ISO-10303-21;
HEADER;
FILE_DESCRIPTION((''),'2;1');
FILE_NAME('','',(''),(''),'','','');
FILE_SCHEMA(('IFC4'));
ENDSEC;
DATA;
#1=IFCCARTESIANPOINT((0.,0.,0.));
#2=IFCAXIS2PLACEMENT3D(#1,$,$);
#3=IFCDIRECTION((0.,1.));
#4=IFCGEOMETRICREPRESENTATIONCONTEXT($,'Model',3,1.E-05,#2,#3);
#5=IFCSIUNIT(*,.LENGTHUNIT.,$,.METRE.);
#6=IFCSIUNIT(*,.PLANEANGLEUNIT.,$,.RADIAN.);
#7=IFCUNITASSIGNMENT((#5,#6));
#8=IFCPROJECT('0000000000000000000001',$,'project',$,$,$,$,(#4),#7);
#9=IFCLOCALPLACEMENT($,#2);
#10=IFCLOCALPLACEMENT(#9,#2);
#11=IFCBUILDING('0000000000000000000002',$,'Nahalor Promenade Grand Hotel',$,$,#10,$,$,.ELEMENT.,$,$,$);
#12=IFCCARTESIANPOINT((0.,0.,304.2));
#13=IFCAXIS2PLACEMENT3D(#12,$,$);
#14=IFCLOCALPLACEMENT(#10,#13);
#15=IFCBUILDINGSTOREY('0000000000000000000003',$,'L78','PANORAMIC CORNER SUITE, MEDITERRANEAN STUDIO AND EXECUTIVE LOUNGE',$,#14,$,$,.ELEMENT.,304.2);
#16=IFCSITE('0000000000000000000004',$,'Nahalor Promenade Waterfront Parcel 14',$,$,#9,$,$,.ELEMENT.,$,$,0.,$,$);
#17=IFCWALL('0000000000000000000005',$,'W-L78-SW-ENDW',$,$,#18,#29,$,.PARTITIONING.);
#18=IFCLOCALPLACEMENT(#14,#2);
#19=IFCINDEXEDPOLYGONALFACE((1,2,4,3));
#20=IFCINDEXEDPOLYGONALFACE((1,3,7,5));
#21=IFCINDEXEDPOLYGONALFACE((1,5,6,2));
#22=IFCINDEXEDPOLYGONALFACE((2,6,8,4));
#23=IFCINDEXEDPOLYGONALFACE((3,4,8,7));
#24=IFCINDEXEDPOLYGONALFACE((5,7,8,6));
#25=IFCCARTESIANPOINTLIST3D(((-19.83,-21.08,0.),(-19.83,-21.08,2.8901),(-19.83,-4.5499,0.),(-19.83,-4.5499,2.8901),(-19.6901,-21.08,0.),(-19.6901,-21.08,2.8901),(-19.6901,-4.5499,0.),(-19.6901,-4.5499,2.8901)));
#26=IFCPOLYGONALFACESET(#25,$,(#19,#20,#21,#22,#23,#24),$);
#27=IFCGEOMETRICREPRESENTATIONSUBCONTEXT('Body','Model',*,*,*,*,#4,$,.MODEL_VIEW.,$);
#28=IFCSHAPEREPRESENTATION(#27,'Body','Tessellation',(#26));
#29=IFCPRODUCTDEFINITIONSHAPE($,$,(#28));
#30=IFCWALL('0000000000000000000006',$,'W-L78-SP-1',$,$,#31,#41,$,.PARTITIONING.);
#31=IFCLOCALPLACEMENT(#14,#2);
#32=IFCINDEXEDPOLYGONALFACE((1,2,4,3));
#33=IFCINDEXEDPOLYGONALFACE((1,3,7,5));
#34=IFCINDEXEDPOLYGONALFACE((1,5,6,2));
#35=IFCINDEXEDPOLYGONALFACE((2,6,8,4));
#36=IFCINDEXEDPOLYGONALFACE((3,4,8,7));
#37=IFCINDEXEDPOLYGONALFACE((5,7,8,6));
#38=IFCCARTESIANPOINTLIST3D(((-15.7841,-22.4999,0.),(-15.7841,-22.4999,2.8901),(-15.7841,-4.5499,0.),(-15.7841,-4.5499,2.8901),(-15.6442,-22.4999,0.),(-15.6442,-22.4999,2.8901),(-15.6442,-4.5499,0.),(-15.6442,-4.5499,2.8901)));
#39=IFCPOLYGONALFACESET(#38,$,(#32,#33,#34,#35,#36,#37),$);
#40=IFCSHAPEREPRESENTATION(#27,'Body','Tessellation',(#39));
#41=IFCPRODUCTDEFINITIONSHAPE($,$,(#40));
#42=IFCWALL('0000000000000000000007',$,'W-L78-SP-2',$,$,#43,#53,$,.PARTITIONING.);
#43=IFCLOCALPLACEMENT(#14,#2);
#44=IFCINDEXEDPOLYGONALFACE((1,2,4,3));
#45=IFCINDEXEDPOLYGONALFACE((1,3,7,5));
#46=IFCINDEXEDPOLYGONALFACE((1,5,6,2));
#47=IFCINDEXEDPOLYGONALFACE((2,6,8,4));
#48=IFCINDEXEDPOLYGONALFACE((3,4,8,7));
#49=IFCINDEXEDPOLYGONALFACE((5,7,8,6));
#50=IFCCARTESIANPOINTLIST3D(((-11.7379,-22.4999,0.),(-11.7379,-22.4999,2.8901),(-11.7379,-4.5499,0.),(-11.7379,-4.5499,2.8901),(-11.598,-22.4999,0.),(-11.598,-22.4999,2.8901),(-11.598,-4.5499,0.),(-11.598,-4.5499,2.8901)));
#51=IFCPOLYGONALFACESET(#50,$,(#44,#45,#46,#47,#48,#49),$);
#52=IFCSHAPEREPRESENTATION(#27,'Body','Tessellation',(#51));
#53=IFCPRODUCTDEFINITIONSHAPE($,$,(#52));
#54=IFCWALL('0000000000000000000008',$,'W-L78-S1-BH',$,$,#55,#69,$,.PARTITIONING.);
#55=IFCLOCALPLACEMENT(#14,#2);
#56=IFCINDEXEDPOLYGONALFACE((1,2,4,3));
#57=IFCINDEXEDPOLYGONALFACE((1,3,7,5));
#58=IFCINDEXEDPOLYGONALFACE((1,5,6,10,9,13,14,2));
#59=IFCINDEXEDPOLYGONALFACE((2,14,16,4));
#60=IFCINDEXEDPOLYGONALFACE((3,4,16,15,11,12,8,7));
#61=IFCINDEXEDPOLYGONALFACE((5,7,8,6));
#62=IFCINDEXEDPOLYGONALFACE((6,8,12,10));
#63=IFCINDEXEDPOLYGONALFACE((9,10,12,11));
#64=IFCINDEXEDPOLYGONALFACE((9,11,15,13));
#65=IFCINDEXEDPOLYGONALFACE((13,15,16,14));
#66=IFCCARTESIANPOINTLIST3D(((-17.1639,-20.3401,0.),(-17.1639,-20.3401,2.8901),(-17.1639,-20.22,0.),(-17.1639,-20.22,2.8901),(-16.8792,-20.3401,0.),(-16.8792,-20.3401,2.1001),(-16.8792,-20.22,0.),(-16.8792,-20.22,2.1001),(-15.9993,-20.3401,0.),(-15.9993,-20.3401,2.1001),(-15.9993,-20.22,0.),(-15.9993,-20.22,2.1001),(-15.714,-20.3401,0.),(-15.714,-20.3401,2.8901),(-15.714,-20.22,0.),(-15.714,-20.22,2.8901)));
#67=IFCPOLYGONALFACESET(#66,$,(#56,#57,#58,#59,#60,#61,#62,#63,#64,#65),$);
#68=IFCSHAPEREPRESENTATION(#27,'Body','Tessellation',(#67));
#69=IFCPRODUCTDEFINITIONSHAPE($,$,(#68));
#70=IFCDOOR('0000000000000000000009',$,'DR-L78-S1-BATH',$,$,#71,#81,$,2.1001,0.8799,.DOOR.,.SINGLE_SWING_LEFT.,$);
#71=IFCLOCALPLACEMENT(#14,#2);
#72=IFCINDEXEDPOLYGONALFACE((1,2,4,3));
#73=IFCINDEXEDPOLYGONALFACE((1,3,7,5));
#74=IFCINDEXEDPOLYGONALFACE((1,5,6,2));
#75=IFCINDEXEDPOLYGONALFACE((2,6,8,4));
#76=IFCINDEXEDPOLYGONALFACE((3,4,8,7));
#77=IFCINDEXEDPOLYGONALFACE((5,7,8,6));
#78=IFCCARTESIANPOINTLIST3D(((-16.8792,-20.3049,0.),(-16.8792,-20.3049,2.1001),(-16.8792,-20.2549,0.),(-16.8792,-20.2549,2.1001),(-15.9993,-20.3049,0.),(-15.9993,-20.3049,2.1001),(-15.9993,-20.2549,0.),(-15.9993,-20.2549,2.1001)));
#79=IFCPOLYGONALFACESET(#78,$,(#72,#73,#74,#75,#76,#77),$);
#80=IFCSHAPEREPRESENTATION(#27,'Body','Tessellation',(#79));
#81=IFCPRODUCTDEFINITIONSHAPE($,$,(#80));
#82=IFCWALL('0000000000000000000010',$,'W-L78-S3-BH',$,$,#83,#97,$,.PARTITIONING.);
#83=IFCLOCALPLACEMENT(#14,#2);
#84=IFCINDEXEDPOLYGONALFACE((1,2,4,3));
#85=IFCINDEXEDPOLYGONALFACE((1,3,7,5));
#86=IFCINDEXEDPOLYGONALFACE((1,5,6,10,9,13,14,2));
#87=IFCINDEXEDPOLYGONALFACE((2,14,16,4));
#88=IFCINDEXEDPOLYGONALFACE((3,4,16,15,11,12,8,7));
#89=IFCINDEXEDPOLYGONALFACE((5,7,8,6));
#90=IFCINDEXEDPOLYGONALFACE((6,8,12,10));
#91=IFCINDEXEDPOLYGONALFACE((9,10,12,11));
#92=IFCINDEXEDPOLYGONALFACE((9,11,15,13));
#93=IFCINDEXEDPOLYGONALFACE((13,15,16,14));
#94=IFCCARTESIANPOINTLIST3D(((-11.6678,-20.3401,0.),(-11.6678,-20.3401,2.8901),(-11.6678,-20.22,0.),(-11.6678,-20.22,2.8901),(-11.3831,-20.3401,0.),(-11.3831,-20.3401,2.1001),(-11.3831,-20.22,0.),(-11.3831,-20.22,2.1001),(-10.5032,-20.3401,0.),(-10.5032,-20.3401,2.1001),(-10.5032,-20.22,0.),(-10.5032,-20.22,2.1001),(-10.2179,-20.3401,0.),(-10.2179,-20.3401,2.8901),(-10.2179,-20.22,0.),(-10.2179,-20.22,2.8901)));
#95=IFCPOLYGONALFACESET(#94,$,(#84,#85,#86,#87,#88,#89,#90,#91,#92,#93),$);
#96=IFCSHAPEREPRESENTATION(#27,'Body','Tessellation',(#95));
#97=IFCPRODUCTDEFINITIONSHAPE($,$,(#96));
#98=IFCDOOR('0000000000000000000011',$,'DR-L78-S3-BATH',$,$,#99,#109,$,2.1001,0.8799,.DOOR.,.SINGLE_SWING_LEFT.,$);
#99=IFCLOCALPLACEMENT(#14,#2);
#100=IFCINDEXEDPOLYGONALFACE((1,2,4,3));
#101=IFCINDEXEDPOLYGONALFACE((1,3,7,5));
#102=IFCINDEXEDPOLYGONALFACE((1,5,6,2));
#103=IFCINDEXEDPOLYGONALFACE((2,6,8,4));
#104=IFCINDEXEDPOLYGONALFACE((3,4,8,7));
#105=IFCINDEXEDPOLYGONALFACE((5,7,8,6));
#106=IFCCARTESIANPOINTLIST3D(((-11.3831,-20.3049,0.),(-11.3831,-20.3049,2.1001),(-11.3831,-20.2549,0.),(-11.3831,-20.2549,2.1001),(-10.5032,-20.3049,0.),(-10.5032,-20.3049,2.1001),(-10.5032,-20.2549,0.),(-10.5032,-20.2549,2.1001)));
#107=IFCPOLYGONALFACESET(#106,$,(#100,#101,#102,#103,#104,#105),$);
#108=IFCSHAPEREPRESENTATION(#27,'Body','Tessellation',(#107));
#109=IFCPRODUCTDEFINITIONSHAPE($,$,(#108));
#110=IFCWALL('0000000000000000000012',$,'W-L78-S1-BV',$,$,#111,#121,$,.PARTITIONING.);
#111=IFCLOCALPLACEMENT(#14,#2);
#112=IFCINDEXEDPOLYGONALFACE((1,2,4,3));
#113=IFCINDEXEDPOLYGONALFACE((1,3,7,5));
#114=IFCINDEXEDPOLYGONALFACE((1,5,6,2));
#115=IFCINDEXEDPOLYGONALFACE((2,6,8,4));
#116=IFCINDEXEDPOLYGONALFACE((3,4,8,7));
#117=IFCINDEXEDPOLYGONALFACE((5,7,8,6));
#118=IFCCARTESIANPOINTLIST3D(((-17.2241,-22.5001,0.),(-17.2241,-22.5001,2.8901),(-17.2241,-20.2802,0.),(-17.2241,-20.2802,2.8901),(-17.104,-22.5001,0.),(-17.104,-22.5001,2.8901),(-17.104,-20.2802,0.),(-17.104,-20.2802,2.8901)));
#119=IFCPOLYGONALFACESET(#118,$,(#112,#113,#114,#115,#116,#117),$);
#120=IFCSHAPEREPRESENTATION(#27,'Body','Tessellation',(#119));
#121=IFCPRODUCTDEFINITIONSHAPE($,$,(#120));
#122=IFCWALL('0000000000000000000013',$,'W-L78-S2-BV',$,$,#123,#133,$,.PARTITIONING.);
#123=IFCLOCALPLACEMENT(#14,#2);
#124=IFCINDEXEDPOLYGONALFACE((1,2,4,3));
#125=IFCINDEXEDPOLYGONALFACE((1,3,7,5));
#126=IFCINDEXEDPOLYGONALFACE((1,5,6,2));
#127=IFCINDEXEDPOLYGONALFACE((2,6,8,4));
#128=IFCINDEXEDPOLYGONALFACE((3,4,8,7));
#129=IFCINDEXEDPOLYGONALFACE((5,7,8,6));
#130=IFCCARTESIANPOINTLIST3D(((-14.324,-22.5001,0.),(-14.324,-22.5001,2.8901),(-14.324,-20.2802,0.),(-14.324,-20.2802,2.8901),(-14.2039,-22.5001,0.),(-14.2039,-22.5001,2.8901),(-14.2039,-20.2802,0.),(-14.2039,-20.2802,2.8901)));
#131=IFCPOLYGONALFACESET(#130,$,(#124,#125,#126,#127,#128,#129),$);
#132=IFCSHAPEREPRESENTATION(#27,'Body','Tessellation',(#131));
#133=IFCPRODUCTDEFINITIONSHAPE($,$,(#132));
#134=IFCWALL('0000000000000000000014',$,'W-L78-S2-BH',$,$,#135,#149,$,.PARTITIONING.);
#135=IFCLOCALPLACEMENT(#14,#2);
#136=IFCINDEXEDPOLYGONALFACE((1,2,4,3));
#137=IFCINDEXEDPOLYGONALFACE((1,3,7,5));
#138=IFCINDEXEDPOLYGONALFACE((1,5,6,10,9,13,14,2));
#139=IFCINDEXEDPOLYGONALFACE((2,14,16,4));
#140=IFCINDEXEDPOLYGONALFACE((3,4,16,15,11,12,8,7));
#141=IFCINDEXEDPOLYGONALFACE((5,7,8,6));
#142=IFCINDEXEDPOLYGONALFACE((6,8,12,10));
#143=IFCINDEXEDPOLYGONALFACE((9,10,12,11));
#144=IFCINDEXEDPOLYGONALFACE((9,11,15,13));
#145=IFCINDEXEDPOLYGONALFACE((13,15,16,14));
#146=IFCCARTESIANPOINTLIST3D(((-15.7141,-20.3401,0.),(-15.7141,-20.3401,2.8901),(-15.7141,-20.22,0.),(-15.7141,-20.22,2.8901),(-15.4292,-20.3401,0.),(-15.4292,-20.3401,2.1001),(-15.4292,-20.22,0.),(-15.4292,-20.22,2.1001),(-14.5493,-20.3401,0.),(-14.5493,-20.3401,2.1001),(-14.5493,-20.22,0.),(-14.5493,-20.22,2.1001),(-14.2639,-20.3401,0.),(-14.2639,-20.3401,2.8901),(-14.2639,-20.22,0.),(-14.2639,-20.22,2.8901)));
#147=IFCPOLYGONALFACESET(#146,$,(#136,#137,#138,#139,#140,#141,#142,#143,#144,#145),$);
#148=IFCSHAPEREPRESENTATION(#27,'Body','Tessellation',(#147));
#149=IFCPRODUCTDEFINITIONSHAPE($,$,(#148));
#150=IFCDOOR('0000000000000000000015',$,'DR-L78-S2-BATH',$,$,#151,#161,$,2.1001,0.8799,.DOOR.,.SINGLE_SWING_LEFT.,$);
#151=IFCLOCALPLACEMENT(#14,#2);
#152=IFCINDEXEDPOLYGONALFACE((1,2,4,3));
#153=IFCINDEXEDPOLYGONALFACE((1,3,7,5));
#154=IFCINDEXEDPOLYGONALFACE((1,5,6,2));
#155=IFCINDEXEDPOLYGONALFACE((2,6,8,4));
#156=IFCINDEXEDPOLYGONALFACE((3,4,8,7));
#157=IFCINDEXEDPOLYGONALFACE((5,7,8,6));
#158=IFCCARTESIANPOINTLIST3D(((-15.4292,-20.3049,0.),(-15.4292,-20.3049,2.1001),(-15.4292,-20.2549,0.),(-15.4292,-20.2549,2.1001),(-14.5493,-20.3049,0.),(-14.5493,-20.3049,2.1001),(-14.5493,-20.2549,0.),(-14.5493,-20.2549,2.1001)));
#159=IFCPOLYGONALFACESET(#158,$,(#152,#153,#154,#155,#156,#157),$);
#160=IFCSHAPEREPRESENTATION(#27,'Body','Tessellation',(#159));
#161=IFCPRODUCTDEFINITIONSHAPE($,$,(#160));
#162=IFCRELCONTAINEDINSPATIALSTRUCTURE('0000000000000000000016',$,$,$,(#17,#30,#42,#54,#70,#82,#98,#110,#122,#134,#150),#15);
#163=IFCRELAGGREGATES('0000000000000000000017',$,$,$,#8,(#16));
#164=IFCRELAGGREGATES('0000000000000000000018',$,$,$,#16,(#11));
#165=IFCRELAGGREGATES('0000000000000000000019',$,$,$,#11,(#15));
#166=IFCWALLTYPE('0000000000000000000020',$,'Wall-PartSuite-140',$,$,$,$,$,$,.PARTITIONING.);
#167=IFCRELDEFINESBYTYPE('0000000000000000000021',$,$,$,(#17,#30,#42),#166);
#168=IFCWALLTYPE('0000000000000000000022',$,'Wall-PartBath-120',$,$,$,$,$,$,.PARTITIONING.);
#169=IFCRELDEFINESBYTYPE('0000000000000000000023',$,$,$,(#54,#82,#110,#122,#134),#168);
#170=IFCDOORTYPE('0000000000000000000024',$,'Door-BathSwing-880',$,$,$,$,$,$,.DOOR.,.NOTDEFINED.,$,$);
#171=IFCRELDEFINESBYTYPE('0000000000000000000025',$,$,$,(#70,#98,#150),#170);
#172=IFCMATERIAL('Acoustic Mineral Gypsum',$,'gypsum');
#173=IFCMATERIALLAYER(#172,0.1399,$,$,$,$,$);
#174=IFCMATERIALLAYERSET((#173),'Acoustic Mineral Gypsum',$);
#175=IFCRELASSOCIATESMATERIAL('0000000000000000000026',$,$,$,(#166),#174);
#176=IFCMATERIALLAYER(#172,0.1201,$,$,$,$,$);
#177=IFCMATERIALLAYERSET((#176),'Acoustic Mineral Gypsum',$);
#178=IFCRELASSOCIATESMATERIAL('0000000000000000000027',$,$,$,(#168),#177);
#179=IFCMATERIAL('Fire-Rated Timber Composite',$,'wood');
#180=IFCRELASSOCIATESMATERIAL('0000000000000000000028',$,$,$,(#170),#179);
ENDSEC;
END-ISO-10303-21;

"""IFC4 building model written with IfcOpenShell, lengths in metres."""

from ifc_helpers import new_model, si_unit, direction, frame, frame_2d, origin, place, context, subcontext, project, spatial, rectangle, extrude, source, transform, mapped, material, layer, layer_set, type_object, element, fill, save


model = new_model("IFC4")

# Units and contexts
model_context = context("Model", 3, precision=1e-05, world=origin(), true_north=direction((0.0, 1.0)))
body_context = subcontext(model_context, "Body", "Model", "MODEL_VIEW")
ifc_project = project(units=[si_unit("LENGTHUNIT", "METRE"), si_unit("PLANEANGLEUNIT", "RADIAN")], contexts=[model_context])

# Site, building, storey
site_placement = place(None, origin())
site = spatial("IfcSite", under=ifc_project, at=site_placement, Name="Nahalor Promenade Waterfront Parcel 14", CompositionType="ELEMENT", RefElevation=0.0)
building_placement = place(site_placement, origin())
building = spatial("IfcBuilding", under=site, at=building_placement, Name="Nahalor Promenade Grand Hotel", CompositionType="ELEMENT")
storey_placement = place(building_placement, frame((0.0, 0.0, 304.2)))
storey = spatial("IfcBuildingStorey", under=building, at=storey_placement, Name="L78", Description="PANORAMIC CORNER SUITE, MEDITERRANEAN STUDIO AND EXECUTIVE LOUNGE", CompositionType="ELEMENT", Elevation=304.2)

# Walls
ifc_material_1 = material(Name="Acoustic Mineral Gypsum", Category="gypsum")
ifc_layer_1 = layer(ifc_material_1, 0.1399)
ifc_layer_set_1 = layer_set([ifc_layer_1], Name="Acoustic Mineral Gypsum")
wall_type_1 = type_object("IfcWallType", Name="Wall-PartSuite-140", PredefinedType="PARTITIONING", material=ifc_layer_set_1)
shared_shape_1 = source(origin(), body_context, "Body", "SweptSolid", [
    extrude(rectangle(XDim=16.53, YDim=0.1399, at=frame_2d((8.2651, 0.0))), origin(), (0.0, 0.0, 1.0), 2.8901),
])
wall_1_placement = place(storey_placement, frame((-19.76, -21.0801, 0.0), z_axis=(0.0, 0.0, 1.0), x_axis=(0.0, 1.0, 0.0)))
element("IfcWall", 1, at=wall_1_placement, inside=storey, type_object=wall_type_1, Name="W-L78-SW-ENDW", PredefinedType="PARTITIONING", context=body_context, shape_type="MappedRepresentation", body=[
    mapped(shared_shape_1, transform((0.0, 0.0, 0.0), scale=1.0)),
])
shared_shape_2 = source(origin(), body_context, "Body", "SweptSolid", [
    extrude(rectangle(XDim=17.95, YDim=0.1399, at=frame_2d((8.9751, 0.0))), origin(), (0.0, 0.0, 1.0), 2.8901),
])
for number, where, z_axis, x_axis, name in (
    (2, (-15.7141, -22.5, 0.0), (0.0, 0.0, 1.0), (0.0, 1.0, 0.0), "W-L78-SP-1"),
    (3, (-11.668, -22.5, 0.0), (0.0, 0.0, 1.0), (0.0, 1.0, 0.0), "W-L78-SP-2"),
):
    element("IfcWall", number, at=place(storey_placement, frame(where, z_axis=z_axis, x_axis=x_axis)), inside=storey, type_object=wall_type_1, Name=name, PredefinedType="PARTITIONING", context=body_context, shape_type="MappedRepresentation", body=[
        mapped(shared_shape_2, transform((0.0, 0.0, 0.0), scale=1.0)),
    ])

# Walls, openings, doors
ifc_layer_2 = layer(ifc_material_1, 0.1201)
ifc_layer_set_2 = layer_set([ifc_layer_2], Name="Acoustic Mineral Gypsum")
wall_type_2 = type_object("IfcWallType", Name="Wall-PartBath-120", PredefinedType="PARTITIONING", material=ifc_layer_set_2)
shared_shape_3 = source(origin(), body_context, "Body", "SweptSolid", [
    extrude(rectangle(XDim=1.45, YDim=0.1201, at=frame_2d((0.7251, 0.0))), origin(), (0.0, 0.0, 1.0), 2.8901),
])
wall_2_placement = place(storey_placement, frame((-17.1641, -20.28, 0.0), z_axis=(0.0, 0.0, 1.0), x_axis=(1.0, 0.0, 0.0)))
wall_2 = element("IfcWall", 4, at=wall_2_placement, inside=storey, type_object=wall_type_2, Name="W-L78-S1-BH", PredefinedType="PARTITIONING", context=body_context, shape_type="MappedRepresentation", body=[
    mapped(shared_shape_3, transform((0.0, 0.0, 0.0), scale=1.0)),
])
opening_1_placement = place(wall_2_placement, frame((0.2849, 0.0, 0.0)))
opening_1 = element("IfcOpeningElement", 5, at=opening_1_placement, cuts=wall_2, PredefinedType="OPENING", context=body_context, shape_type="SweptSolid", body=[
    extrude(rectangle(XDim=0.8799, YDim=2.1001, at=frame_2d((0.4399, 1.05))), frame((0.0, 0.0701, 0.0), z_axis=(0.0, -1.0, 0.0), x_axis=(1.0, 0.0, 0.0)), (0.0, 0.0, 1.0), 0.1401),
])
ifc_material_2 = material(Name="Fire-Rated Timber Composite", Category="wood")
door_type = type_object("IfcDoorType", Name="Door-BathSwing-880", OperationType="NOTDEFINED", PredefinedType="DOOR", material=ifc_material_2)
shared_shape_4 = source(origin(), body_context, "Body", "SweptSolid", [
    extrude(rectangle(XDim=0.8799, YDim=2.1001, at=frame_2d((0.4399, 1.05))), frame((0.0, 0.0249, 0.0), z_axis=(0.0, -1.0, 0.0), x_axis=(1.0, 0.0, 0.0)), (0.0, 0.0, 1.0), 0.05),
])
door_1_placement = place(opening_1_placement, frame((0.8799, 0.0, 0.0), z_axis=(0.0, 0.0, 1.0), x_axis=(-1.0, 0.0, 0.0)))
door_1 = element("IfcDoor", 6, at=door_1_placement, inside=storey, type_object=door_type, Name="DR-L78-S1-BATH", OperationType="SINGLE_SWING_LEFT", OverallHeight=2.1001, OverallWidth=0.8799, PredefinedType="DOOR", context=body_context, shape_type="MappedRepresentation", body=[
    mapped(shared_shape_4, transform((0.0, 0.0, 0.0), scale=1.0)),
])
fill(opening_1, door_1)
wall_3_placement = place(storey_placement, frame((-11.668, -20.28, 0.0), z_axis=(0.0, 0.0, 1.0), x_axis=(1.0, 0.0, 0.0)))
wall_3 = element("IfcWall", 7, at=wall_3_placement, inside=storey, type_object=wall_type_2, Name="W-L78-S3-BH", PredefinedType="PARTITIONING", context=body_context, shape_type="MappedRepresentation", body=[
    mapped(shared_shape_3, transform((0.0, 0.0, 0.0), scale=1.0)),
])
opening_2_placement = place(wall_3_placement, frame((0.2849, 0.0, 0.0)))
opening_2 = element("IfcOpeningElement", 8, at=opening_2_placement, cuts=wall_3, PredefinedType="OPENING", context=body_context, shape_type="SweptSolid", body=[
    extrude(rectangle(XDim=0.8799, YDim=2.1001, at=frame_2d((0.4399, 1.05))), frame((0.0, 0.0701, 0.0), z_axis=(0.0, -1.0, 0.0), x_axis=(1.0, 0.0, 0.0)), (0.0, 0.0, 1.0), 0.1401),
])
door_2_placement = place(opening_2_placement, frame((0.8799, 0.0, 0.0), z_axis=(0.0, 0.0, 1.0), x_axis=(-1.0, 0.0, 0.0)))
door_2 = element("IfcDoor", 9, at=door_2_placement, inside=storey, type_object=door_type, Name="DR-L78-S3-BATH", OperationType="SINGLE_SWING_LEFT", OverallHeight=2.1001, OverallWidth=0.8799, PredefinedType="DOOR", context=body_context, shape_type="MappedRepresentation", body=[
    mapped(shared_shape_4, transform((0.0, 0.0, 0.0), scale=1.0)),
])
fill(opening_2, door_2)

# Walls
shared_shape_5 = source(origin(), body_context, "Body", "SweptSolid", [
    extrude(rectangle(XDim=2.22, YDim=0.1201, at=frame_2d((1.1099, 0.0))), origin(), (0.0, 0.0, 1.0), 2.8901),
])
for number, where, z_axis, x_axis, name in (
    (10, (-17.1641, -22.5, 0.0), (0.0, 0.0, 1.0), (0.0, 1.0, 0.0), "W-L78-S1-BV"),
    (11, (-14.2639, -22.5, 0.0), (0.0, 0.0, 1.0), (0.0, 1.0, 0.0), "W-L78-S2-BV"),
):
    element("IfcWall", number, at=place(storey_placement, frame(where, z_axis=z_axis, x_axis=x_axis)), inside=storey, type_object=wall_type_2, Name=name, PredefinedType="PARTITIONING", context=body_context, shape_type="MappedRepresentation", body=[
        mapped(shared_shape_5, transform((0.0, 0.0, 0.0), scale=1.0)),
    ])

# Wall, opening, door
shared_shape_6 = source(origin(), body_context, "Body", "SweptSolid", [
    extrude(rectangle(XDim=1.4502, YDim=0.1201, at=frame_2d((0.7251, 0.0))), origin(), (0.0, 0.0, 1.0), 2.8901),
])
wall_4_placement = place(storey_placement, frame((-15.7141, -20.28, 0.0), z_axis=(0.0, 0.0, 1.0), x_axis=(1.0, 0.0, 0.0)))
wall_4 = element("IfcWall", 12, at=wall_4_placement, inside=storey, type_object=wall_type_2, Name="W-L78-S2-BH", PredefinedType="PARTITIONING", context=body_context, shape_type="MappedRepresentation", body=[
    mapped(shared_shape_6, transform((0.0, 0.0, 0.0), scale=1.0)),
])
opening_3_placement = place(wall_4_placement, frame((0.2849, 0.0, 0.0)))
opening_3 = element("IfcOpeningElement", 13, at=opening_3_placement, cuts=wall_4, PredefinedType="OPENING", context=body_context, shape_type="SweptSolid", body=[
    extrude(rectangle(XDim=0.8799, YDim=2.1001, at=frame_2d((0.4399, 1.05))), frame((0.0, 0.0701, 0.0), z_axis=(0.0, -1.0, 0.0), x_axis=(1.0, 0.0, 0.0)), (0.0, 0.0, 1.0), 0.1401),
])
door_3_placement = place(opening_3_placement, frame((0.8799, 0.0, 0.0), z_axis=(0.0, 0.0, 1.0), x_axis=(-1.0, 0.0, 0.0)))
door_3 = element("IfcDoor", 14, at=door_3_placement, inside=storey, type_object=door_type, Name="DR-L78-S2-BATH", OperationType="SINGLE_SWING_LEFT", OverallHeight=2.1001, OverallWidth=0.8799, PredefinedType="DOOR", context=body_context, shape_type="MappedRepresentation", body=[
    mapped(shared_shape_4, transform((0.0, 0.0, 0.0), scale=1.0)),
])
fill(opening_3, door_3)

save(model, "model.ifc")
